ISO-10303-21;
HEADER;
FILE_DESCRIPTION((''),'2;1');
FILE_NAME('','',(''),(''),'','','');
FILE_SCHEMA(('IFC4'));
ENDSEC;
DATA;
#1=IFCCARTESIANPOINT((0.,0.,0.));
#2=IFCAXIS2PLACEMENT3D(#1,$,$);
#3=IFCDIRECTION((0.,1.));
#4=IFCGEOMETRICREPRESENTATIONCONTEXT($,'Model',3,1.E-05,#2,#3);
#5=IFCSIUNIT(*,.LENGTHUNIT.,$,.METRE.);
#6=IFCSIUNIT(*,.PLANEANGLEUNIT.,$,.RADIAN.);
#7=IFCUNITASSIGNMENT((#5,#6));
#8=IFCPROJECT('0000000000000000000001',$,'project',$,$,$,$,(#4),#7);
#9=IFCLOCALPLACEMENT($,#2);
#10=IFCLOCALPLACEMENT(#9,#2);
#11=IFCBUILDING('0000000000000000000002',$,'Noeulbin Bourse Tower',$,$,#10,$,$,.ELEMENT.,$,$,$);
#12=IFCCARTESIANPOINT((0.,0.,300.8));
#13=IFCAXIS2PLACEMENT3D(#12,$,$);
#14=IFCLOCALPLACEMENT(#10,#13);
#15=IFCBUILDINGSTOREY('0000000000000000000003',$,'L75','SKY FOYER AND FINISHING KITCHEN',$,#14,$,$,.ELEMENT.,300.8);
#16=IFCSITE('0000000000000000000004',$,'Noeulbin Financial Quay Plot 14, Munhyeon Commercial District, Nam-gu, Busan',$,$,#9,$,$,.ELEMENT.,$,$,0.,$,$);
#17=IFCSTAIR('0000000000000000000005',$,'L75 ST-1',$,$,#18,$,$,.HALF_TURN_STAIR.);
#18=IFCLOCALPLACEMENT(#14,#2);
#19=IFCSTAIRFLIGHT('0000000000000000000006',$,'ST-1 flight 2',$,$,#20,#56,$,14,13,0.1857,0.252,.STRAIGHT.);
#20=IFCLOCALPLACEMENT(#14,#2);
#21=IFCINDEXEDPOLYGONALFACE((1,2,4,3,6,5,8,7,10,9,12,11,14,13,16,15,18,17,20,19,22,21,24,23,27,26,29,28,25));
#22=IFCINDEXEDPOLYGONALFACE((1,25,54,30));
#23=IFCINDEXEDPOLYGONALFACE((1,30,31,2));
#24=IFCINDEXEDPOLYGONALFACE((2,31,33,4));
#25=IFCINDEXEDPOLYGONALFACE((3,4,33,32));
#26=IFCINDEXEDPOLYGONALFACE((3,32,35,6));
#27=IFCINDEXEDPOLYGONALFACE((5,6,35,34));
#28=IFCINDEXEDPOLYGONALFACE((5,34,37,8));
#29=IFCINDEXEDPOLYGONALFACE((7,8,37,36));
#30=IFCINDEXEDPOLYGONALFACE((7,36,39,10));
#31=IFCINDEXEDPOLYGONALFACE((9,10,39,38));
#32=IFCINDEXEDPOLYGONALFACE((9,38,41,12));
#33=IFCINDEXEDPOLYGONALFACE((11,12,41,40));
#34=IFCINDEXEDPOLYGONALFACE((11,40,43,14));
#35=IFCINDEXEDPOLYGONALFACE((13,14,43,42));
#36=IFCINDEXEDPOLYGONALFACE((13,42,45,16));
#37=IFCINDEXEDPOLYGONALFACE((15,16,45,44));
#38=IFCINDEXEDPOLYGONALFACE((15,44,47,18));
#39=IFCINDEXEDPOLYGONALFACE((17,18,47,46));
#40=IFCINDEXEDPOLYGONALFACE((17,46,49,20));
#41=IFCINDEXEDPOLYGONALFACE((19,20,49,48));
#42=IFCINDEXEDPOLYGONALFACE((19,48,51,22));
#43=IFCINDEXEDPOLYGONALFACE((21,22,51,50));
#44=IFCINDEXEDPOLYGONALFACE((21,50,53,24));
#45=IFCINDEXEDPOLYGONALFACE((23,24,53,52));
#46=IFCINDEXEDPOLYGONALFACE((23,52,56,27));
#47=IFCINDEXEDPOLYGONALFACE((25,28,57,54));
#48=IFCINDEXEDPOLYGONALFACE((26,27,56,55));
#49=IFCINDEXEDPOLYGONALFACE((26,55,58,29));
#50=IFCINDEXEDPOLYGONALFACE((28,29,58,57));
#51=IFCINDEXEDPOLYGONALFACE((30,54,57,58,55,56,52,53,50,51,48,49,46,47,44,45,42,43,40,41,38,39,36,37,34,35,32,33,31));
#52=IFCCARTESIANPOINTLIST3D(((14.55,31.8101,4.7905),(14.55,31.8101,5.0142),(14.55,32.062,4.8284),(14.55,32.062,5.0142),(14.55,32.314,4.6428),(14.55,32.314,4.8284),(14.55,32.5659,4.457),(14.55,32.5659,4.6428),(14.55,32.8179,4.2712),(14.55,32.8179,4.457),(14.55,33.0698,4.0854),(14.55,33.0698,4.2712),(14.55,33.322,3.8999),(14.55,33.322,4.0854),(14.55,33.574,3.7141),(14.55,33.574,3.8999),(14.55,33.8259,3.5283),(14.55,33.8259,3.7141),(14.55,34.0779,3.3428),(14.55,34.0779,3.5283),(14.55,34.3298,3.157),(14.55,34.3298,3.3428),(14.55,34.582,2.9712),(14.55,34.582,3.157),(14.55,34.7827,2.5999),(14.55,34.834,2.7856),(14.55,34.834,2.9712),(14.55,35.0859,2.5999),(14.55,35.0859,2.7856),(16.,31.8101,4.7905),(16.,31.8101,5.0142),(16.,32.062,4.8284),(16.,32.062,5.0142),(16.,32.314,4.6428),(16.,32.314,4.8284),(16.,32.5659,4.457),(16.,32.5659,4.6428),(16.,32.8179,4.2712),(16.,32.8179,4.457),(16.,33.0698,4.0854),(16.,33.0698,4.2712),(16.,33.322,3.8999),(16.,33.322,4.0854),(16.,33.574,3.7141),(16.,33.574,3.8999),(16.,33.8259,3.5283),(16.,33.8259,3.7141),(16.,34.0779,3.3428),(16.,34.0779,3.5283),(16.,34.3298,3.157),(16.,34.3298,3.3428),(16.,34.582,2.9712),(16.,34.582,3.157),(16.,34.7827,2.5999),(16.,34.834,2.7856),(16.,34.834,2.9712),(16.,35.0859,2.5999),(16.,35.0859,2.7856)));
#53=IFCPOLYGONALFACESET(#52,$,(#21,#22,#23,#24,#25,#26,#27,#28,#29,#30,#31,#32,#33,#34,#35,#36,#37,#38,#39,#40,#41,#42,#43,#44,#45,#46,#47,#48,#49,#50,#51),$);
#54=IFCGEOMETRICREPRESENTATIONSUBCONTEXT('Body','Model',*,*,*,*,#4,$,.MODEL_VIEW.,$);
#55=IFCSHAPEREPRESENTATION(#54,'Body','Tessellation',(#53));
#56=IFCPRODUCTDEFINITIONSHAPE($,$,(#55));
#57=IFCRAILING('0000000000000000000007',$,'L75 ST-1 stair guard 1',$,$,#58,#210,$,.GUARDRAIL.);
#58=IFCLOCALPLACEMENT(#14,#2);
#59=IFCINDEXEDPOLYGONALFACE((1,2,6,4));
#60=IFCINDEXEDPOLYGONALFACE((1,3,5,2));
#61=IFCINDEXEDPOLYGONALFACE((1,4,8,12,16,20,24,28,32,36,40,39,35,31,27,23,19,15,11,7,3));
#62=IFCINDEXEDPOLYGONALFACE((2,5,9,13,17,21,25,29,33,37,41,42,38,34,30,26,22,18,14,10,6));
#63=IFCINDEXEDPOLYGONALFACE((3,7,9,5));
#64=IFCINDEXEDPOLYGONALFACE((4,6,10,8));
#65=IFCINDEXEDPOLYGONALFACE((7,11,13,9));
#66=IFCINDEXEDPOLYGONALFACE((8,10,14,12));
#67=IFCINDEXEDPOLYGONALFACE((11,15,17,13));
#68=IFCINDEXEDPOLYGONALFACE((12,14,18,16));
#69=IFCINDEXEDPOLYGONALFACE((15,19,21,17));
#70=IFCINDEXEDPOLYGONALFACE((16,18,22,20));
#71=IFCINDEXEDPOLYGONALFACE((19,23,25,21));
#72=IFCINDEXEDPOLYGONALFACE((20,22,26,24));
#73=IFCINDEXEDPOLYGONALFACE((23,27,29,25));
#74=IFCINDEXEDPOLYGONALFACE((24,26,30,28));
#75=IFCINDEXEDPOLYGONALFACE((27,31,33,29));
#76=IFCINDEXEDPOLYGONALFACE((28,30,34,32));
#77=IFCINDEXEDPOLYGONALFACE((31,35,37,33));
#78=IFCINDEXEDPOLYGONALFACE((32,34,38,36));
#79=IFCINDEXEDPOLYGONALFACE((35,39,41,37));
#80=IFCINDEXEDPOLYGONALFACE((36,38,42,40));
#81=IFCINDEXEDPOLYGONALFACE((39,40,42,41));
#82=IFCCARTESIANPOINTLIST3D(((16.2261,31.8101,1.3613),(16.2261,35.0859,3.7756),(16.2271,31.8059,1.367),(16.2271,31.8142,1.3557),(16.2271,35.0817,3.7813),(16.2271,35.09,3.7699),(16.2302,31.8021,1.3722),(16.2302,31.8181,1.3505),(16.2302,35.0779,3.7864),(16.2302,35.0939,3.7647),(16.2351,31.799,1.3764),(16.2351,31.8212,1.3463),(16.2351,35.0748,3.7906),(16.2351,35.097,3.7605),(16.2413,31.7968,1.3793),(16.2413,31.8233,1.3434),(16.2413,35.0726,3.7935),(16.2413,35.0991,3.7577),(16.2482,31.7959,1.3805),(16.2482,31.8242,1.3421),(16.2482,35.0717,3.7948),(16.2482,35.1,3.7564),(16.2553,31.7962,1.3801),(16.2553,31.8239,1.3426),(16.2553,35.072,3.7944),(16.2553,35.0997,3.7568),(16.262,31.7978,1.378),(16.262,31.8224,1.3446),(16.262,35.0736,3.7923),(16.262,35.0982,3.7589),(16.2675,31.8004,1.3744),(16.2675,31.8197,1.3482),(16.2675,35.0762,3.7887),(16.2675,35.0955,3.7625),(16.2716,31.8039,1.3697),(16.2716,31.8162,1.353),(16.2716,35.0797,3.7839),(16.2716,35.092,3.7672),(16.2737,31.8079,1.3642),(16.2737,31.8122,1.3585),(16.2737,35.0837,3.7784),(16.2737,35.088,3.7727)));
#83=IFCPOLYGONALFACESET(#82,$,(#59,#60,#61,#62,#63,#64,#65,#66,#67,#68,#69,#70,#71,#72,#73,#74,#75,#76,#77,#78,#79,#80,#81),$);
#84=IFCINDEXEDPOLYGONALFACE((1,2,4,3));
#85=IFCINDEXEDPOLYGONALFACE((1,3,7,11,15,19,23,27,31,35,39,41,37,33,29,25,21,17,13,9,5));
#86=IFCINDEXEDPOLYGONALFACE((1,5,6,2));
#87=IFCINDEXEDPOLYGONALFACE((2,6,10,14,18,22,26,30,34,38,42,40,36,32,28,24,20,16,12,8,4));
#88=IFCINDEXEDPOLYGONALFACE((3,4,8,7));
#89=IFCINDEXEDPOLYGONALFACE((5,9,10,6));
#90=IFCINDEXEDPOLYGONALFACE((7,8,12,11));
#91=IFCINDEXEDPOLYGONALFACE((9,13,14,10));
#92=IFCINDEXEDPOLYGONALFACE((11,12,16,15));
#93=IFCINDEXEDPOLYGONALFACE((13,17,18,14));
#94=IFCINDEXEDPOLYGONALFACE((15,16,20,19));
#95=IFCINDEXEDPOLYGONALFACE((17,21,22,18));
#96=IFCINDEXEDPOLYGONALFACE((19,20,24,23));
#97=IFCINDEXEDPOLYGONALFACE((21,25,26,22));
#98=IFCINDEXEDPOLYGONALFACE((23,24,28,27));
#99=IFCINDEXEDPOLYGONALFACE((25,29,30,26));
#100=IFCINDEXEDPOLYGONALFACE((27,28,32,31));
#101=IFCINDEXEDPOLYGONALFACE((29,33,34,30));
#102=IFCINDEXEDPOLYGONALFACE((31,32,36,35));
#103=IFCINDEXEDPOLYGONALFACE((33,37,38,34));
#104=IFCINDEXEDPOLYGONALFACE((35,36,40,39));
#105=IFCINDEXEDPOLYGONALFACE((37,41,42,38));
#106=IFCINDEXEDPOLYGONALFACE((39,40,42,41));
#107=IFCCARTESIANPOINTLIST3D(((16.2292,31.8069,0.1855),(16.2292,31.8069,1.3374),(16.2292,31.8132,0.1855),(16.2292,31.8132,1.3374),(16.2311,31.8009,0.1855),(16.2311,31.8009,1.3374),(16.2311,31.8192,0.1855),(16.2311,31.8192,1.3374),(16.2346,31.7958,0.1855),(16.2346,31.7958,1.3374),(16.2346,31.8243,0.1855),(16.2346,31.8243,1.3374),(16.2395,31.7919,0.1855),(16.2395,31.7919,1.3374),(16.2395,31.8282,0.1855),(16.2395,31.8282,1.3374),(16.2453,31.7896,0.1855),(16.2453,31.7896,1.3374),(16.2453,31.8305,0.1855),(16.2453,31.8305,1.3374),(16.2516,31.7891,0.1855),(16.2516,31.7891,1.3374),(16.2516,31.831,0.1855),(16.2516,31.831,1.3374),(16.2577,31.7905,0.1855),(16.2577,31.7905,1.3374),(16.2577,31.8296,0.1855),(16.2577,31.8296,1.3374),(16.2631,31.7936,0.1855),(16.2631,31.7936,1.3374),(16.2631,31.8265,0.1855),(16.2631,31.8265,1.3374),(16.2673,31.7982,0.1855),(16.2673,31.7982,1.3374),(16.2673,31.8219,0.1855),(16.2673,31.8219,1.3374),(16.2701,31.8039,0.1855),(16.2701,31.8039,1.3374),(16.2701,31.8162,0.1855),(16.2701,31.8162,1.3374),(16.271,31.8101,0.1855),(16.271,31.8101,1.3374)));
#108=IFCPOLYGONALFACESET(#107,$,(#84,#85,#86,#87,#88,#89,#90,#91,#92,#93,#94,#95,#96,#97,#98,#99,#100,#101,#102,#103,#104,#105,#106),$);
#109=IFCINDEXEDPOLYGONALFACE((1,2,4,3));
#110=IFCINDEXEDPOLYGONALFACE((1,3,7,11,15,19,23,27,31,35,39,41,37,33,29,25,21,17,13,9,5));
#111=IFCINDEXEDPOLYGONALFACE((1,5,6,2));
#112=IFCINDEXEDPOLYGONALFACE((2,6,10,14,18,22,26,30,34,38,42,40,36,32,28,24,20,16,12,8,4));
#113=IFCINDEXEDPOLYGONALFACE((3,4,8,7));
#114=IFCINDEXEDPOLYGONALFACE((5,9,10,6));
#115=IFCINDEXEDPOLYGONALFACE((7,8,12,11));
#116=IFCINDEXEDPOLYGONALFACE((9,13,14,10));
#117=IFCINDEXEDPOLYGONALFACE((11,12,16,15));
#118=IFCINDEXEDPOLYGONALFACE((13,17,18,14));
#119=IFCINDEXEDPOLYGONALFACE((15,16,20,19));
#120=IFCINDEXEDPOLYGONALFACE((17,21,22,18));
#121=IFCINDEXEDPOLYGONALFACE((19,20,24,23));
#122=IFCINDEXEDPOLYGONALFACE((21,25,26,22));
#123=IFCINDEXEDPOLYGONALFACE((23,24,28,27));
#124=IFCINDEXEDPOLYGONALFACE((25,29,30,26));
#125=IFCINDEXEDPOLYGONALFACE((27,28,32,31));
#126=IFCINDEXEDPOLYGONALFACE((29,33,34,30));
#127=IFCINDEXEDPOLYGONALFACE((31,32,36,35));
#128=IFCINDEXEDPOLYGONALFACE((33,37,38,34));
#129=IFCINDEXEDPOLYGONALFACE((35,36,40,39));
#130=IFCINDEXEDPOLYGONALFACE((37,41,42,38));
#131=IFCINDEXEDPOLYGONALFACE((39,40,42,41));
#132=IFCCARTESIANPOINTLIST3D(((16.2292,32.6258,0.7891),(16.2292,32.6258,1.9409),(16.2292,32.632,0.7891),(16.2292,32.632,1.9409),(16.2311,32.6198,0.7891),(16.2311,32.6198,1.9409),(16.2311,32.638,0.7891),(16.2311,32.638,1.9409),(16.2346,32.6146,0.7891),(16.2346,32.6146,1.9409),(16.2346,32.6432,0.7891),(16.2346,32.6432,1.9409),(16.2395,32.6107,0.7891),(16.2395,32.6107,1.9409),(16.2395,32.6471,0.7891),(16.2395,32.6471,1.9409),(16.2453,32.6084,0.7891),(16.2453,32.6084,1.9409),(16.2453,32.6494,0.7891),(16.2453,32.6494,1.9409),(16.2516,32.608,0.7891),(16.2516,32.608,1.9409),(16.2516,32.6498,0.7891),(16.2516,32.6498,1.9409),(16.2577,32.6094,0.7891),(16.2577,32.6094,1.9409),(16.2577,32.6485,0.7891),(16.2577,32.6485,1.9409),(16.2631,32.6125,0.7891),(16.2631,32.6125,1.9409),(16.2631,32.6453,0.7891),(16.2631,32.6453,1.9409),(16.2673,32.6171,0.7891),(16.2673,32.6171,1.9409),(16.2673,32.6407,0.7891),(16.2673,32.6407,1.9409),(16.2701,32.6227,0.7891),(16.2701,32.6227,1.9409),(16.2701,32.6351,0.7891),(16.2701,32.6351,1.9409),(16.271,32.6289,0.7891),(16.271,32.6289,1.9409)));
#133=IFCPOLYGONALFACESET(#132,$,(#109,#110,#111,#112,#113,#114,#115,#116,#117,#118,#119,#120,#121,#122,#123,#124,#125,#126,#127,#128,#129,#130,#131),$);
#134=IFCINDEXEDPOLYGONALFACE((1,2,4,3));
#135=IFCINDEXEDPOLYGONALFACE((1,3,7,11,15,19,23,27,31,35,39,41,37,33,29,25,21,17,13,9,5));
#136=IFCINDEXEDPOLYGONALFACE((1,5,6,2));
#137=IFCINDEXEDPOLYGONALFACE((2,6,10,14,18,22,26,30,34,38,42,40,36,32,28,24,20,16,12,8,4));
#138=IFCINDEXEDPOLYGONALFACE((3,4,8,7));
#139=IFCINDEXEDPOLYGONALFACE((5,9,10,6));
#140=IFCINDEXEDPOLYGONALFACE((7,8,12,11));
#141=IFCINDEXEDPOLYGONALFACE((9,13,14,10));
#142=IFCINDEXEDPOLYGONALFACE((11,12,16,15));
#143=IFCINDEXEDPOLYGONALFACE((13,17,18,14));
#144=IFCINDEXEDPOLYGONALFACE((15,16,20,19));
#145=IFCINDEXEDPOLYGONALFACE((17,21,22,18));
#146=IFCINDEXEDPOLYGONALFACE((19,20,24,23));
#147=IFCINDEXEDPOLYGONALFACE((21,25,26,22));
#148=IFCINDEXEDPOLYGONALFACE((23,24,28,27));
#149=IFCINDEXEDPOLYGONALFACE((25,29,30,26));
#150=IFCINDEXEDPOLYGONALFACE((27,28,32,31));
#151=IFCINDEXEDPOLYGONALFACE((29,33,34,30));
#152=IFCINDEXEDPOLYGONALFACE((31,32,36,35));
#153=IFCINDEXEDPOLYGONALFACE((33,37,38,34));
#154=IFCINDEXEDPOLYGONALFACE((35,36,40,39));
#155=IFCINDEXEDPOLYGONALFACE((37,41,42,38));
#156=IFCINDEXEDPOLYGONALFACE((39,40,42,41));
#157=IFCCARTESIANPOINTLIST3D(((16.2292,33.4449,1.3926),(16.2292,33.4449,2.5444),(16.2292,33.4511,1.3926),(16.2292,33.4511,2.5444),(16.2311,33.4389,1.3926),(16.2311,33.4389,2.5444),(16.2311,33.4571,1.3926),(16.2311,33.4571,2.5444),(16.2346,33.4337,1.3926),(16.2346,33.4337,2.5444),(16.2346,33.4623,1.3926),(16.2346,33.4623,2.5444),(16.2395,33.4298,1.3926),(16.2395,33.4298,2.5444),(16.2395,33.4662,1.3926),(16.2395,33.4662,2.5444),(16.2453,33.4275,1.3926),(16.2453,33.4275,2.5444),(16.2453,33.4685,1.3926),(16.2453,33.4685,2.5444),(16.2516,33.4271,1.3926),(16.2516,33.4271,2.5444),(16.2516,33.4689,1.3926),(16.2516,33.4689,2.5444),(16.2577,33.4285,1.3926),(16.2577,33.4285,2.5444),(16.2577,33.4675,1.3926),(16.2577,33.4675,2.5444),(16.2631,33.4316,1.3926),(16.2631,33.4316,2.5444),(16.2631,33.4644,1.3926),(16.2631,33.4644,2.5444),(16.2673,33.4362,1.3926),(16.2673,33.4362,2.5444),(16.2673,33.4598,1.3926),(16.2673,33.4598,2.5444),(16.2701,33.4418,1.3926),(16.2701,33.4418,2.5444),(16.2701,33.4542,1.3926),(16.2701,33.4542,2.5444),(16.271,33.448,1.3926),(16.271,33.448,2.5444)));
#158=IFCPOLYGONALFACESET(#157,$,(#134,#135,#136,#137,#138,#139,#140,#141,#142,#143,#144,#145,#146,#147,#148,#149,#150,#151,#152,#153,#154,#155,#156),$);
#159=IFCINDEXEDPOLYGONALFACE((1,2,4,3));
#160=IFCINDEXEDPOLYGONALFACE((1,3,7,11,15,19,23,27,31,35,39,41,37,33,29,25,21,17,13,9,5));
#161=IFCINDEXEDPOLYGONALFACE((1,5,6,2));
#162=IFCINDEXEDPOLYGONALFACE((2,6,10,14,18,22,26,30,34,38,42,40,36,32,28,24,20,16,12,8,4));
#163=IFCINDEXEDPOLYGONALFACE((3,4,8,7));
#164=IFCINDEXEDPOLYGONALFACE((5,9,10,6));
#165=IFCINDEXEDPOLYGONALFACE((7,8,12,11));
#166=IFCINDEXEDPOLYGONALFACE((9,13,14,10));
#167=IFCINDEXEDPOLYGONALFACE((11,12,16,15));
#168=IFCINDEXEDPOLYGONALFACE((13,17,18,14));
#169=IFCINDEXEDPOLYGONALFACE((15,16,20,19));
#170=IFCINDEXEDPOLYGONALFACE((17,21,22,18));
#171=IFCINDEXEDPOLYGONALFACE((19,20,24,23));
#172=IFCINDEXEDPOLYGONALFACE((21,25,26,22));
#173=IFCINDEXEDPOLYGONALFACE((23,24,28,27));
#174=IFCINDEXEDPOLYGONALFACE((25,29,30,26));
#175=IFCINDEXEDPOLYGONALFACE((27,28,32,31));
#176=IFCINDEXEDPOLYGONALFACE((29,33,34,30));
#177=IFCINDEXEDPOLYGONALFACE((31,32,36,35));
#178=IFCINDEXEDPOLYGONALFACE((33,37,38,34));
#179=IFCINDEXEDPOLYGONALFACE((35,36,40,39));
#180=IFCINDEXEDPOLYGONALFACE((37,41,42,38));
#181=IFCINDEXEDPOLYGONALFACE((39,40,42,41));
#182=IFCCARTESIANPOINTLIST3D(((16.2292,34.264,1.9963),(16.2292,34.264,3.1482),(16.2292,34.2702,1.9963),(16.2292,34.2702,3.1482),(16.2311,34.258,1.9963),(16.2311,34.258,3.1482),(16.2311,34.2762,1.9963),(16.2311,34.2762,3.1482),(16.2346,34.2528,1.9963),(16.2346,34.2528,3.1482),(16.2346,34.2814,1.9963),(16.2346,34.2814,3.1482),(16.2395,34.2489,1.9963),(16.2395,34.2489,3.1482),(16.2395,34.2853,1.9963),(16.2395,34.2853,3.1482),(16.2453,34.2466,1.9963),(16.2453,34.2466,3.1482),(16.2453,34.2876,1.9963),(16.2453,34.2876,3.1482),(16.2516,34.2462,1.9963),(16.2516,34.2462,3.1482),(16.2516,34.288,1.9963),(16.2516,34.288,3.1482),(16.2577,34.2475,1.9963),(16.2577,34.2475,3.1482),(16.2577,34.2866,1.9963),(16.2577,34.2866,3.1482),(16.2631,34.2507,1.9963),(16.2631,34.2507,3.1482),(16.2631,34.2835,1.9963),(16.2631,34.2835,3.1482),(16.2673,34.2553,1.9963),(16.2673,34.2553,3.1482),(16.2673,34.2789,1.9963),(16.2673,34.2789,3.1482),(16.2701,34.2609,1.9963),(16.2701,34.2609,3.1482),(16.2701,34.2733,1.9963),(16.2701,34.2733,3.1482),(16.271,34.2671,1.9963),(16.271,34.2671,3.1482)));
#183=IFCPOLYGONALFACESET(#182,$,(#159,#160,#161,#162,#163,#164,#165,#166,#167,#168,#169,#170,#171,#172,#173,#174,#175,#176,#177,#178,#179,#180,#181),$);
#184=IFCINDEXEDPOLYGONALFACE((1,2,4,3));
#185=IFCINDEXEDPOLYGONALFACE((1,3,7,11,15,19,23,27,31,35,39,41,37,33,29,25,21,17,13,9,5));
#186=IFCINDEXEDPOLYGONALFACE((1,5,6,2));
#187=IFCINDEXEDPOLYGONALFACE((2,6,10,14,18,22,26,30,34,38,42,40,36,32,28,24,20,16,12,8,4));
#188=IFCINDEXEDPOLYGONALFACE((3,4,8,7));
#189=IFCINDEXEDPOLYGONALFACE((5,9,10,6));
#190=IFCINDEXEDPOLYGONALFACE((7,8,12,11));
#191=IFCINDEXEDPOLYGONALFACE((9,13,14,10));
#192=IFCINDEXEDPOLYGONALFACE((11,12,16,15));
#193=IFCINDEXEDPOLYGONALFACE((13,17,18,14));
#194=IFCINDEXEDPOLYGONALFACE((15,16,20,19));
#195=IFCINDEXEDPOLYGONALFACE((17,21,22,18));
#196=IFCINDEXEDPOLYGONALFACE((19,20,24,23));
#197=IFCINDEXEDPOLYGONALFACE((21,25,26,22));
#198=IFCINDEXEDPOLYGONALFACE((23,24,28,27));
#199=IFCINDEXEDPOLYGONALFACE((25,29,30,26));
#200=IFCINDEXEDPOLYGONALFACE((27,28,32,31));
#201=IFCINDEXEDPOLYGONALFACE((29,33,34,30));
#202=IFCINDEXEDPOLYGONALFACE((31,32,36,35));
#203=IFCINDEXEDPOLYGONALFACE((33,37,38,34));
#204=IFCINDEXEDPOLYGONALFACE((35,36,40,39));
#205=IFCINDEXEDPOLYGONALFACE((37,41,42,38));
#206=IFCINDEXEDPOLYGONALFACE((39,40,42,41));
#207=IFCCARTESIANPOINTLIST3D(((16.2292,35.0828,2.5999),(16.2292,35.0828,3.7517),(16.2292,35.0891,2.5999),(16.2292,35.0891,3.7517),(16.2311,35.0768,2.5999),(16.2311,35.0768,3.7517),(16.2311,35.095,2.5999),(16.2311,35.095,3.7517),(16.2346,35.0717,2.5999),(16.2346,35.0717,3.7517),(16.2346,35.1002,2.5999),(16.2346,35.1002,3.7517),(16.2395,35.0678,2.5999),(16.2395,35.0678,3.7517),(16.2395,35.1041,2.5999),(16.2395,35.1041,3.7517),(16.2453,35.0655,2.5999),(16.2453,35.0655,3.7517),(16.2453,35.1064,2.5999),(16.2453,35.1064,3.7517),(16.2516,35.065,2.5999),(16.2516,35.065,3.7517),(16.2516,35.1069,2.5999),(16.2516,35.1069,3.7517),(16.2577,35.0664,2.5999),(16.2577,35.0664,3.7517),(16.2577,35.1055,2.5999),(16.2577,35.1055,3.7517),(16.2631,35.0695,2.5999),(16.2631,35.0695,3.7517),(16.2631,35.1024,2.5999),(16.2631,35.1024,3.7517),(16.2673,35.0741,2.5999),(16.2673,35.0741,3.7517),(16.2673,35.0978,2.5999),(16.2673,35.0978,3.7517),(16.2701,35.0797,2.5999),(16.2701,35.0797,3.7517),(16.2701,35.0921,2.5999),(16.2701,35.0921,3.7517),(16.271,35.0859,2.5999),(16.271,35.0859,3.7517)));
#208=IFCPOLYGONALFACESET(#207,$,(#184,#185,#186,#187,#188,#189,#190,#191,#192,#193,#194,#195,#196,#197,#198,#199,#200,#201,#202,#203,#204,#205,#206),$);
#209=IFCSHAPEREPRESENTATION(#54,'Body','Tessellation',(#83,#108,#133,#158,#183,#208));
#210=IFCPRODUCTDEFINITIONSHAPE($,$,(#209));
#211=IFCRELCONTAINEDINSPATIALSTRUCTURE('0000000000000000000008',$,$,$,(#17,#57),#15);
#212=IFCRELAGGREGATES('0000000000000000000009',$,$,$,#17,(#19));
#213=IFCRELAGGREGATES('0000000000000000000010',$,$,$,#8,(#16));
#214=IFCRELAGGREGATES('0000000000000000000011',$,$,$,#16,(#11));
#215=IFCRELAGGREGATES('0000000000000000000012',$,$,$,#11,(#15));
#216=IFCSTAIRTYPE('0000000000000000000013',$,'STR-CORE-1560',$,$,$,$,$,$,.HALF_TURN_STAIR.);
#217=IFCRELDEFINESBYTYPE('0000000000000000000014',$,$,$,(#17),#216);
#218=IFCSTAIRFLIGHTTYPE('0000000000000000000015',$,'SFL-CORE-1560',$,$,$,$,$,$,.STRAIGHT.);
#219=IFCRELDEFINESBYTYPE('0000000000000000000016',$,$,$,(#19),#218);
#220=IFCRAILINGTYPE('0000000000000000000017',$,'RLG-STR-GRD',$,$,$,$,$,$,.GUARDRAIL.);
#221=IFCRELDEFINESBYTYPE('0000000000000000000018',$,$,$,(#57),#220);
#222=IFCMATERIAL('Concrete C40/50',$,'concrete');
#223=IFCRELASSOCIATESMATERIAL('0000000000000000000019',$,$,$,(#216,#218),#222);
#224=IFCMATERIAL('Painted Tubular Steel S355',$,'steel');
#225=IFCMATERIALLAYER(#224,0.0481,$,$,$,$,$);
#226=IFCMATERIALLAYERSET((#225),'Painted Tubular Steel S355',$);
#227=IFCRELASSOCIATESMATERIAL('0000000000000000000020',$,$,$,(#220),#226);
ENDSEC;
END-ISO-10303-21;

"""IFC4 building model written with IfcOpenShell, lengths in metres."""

from ifc_helpers import new_model, si_unit, direction, frame, origin, origin_2d, place, context, subcontext, project, spatial, polyline, circle, outline, extrude, material, layer, layer_set, type_object, element, aggregate, save


model = new_model("IFC4")

# Units and contexts
model_context = context("Model", 3, precision=1e-05, world=origin(), true_north=direction((0.0, 1.0)))
body_context = subcontext(model_context, "Body", "Model", "MODEL_VIEW")
ifc_project = project(units=[si_unit("LENGTHUNIT", "METRE"), si_unit("PLANEANGLEUNIT", "RADIAN")], contexts=[model_context])

# Site, building, storey
site_placement = place(None, origin())
site = spatial("IfcSite", under=ifc_project, at=site_placement, Name="Noeulbin Financial Quay Plot 14, Munhyeon Commercial District, Nam-gu, Busan", CompositionType="ELEMENT", RefElevation=0.0)
building_placement = place(site_placement, origin())
building = spatial("IfcBuilding", under=site, at=building_placement, Name="Noeulbin Bourse Tower", CompositionType="ELEMENT")
storey_placement = place(building_placement, frame((0.0, 0.0, 300.8)))
storey = spatial("IfcBuildingStorey", under=building, at=storey_placement, Name="L75", Description="SKY FOYER AND FINISHING KITCHEN", CompositionType="ELEMENT", Elevation=300.8)

# Shared definitions
ifc_material_1 = material(Name="Concrete C40/50", Category="concrete")

# Stair, stair flight
stair_type = type_object("IfcStairType", Name="STR-CORE-1560", PredefinedType="HALF_TURN_STAIR", material=ifc_material_1)
stair_placement = place(storey_placement, origin())
stair = element("IfcStair", 1, at=stair_placement, inside=storey, type_object=stair_type, Name="L75 ST-1", PredefinedType="HALF_TURN_STAIR")
stair_flight_type = type_object("IfcStairFlightType", Name="SFL-CORE-1560", PredefinedType="STRAIGHT", material=ifc_material_1)
stair_flight_1_placement = place(storey_placement, frame((15.2749, 35.0859, 2.5999), z_axis=(0.0, 0.0, 1.0), x_axis=(0.0, -1.0, 0.0)))
stair_flight_1 = element("IfcStairFlight", 2, at=stair_flight_1_placement, type_object=stair_flight_type, Name="ST-1 flight 2", NumberOfRisers=14, NumberOfTreads=13, PredefinedType="STRAIGHT", RiserHeight=0.1857, TreadLength=0.252, context=body_context, shape_type="SweptSolid", body=[
    extrude(outline(polyline([(0.0, 0.0), (0.0, 0.1858), (0.252, 0.1858), (0.252, 0.3713), (0.5039, 0.3713), (0.5039, 0.5571), (0.7561, 0.5571), (0.7561, 0.7429), (1.0081, 0.7429), (1.0081, 0.9285), (1.26, 0.9285), (1.26, 1.1143), (1.512, 1.1143), (1.512, 1.3), (1.7639, 1.3), (1.7639, 1.4856), (2.0161, 1.4856), (2.0161, 1.6714), (2.2681, 1.6714), (2.2681, 1.8572), (2.52, 1.8572), (2.52, 2.043), (2.772, 2.043), (2.772, 2.2285), (3.0239, 2.2285), (3.0239, 2.4143), (3.2759, 2.4143), (3.2759, 2.6001), (3.2759, 2.1907), (0.3032, 0.0), (0.0, 0.0)])), frame((0.0, 0.7251, 0.0), z_axis=(0.0, -1.0, 0.0), x_axis=(1.0, 0.0, 0.0)), (0.0, 0.0, 1.0), 1.45),
])
aggregate(stair, [stair_flight_1])

# Railing
ifc_material_2 = material(Name="Painted Tubular Steel S355", Category="steel")
ifc_layer_1 = layer(ifc_material_2, 0.0481)
ifc_layer_set_1 = layer_set([ifc_layer_1], Name="Painted Tubular Steel S355")
railing_type_1 = type_object("IfcRailingType", Name="RLG-STR-GRD", PredefinedType="GUARDRAIL", material=ifc_layer_set_1)
railing_1_placement = place(storey_placement, frame((16.25, 31.8101, 0.1855)))
element("IfcRailing", 3, at=railing_1_placement, inside=storey, type_object=railing_type_1, Name="L75 ST-1 stair guard 1", PredefinedType="GUARDRAIL", context=body_context, shape_type="SweptSolid", body=[
    extrude(circle(Radius=0.0239, at=origin_2d()), frame((0.0, 0.0, 1.1758), z_axis=(0.0, 0.804997, 0.593279), x_axis=(-1.0, 0.0, 0.0)), (0.0, 0.0, 1.0), 4.0693),
    extrude(circle(Radius=0.021, at=origin_2d()), origin(), (0.0, 0.0, 1.0), 1.1519),
    extrude(circle(Radius=0.021, at=origin_2d()), frame((0.0, 0.8188, 0.6035)), (0.0, 0.0, 1.0), 1.1519),
    extrude(circle(Radius=0.021, at=origin_2d()), frame((0.0, 1.6379, 1.207)), (0.0, 0.0, 1.0), 1.1519),
    extrude(circle(Radius=0.021, at=origin_2d()), frame((0.0, 2.457, 1.8108)), (0.0, 0.0, 1.0), 1.1519),
    extrude(circle(Radius=0.021, at=origin_2d()), frame((0.0, 3.2759, 2.4143)), (0.0, 0.0, 1.0), 1.1519),
])

save(model, "model.ifc")
